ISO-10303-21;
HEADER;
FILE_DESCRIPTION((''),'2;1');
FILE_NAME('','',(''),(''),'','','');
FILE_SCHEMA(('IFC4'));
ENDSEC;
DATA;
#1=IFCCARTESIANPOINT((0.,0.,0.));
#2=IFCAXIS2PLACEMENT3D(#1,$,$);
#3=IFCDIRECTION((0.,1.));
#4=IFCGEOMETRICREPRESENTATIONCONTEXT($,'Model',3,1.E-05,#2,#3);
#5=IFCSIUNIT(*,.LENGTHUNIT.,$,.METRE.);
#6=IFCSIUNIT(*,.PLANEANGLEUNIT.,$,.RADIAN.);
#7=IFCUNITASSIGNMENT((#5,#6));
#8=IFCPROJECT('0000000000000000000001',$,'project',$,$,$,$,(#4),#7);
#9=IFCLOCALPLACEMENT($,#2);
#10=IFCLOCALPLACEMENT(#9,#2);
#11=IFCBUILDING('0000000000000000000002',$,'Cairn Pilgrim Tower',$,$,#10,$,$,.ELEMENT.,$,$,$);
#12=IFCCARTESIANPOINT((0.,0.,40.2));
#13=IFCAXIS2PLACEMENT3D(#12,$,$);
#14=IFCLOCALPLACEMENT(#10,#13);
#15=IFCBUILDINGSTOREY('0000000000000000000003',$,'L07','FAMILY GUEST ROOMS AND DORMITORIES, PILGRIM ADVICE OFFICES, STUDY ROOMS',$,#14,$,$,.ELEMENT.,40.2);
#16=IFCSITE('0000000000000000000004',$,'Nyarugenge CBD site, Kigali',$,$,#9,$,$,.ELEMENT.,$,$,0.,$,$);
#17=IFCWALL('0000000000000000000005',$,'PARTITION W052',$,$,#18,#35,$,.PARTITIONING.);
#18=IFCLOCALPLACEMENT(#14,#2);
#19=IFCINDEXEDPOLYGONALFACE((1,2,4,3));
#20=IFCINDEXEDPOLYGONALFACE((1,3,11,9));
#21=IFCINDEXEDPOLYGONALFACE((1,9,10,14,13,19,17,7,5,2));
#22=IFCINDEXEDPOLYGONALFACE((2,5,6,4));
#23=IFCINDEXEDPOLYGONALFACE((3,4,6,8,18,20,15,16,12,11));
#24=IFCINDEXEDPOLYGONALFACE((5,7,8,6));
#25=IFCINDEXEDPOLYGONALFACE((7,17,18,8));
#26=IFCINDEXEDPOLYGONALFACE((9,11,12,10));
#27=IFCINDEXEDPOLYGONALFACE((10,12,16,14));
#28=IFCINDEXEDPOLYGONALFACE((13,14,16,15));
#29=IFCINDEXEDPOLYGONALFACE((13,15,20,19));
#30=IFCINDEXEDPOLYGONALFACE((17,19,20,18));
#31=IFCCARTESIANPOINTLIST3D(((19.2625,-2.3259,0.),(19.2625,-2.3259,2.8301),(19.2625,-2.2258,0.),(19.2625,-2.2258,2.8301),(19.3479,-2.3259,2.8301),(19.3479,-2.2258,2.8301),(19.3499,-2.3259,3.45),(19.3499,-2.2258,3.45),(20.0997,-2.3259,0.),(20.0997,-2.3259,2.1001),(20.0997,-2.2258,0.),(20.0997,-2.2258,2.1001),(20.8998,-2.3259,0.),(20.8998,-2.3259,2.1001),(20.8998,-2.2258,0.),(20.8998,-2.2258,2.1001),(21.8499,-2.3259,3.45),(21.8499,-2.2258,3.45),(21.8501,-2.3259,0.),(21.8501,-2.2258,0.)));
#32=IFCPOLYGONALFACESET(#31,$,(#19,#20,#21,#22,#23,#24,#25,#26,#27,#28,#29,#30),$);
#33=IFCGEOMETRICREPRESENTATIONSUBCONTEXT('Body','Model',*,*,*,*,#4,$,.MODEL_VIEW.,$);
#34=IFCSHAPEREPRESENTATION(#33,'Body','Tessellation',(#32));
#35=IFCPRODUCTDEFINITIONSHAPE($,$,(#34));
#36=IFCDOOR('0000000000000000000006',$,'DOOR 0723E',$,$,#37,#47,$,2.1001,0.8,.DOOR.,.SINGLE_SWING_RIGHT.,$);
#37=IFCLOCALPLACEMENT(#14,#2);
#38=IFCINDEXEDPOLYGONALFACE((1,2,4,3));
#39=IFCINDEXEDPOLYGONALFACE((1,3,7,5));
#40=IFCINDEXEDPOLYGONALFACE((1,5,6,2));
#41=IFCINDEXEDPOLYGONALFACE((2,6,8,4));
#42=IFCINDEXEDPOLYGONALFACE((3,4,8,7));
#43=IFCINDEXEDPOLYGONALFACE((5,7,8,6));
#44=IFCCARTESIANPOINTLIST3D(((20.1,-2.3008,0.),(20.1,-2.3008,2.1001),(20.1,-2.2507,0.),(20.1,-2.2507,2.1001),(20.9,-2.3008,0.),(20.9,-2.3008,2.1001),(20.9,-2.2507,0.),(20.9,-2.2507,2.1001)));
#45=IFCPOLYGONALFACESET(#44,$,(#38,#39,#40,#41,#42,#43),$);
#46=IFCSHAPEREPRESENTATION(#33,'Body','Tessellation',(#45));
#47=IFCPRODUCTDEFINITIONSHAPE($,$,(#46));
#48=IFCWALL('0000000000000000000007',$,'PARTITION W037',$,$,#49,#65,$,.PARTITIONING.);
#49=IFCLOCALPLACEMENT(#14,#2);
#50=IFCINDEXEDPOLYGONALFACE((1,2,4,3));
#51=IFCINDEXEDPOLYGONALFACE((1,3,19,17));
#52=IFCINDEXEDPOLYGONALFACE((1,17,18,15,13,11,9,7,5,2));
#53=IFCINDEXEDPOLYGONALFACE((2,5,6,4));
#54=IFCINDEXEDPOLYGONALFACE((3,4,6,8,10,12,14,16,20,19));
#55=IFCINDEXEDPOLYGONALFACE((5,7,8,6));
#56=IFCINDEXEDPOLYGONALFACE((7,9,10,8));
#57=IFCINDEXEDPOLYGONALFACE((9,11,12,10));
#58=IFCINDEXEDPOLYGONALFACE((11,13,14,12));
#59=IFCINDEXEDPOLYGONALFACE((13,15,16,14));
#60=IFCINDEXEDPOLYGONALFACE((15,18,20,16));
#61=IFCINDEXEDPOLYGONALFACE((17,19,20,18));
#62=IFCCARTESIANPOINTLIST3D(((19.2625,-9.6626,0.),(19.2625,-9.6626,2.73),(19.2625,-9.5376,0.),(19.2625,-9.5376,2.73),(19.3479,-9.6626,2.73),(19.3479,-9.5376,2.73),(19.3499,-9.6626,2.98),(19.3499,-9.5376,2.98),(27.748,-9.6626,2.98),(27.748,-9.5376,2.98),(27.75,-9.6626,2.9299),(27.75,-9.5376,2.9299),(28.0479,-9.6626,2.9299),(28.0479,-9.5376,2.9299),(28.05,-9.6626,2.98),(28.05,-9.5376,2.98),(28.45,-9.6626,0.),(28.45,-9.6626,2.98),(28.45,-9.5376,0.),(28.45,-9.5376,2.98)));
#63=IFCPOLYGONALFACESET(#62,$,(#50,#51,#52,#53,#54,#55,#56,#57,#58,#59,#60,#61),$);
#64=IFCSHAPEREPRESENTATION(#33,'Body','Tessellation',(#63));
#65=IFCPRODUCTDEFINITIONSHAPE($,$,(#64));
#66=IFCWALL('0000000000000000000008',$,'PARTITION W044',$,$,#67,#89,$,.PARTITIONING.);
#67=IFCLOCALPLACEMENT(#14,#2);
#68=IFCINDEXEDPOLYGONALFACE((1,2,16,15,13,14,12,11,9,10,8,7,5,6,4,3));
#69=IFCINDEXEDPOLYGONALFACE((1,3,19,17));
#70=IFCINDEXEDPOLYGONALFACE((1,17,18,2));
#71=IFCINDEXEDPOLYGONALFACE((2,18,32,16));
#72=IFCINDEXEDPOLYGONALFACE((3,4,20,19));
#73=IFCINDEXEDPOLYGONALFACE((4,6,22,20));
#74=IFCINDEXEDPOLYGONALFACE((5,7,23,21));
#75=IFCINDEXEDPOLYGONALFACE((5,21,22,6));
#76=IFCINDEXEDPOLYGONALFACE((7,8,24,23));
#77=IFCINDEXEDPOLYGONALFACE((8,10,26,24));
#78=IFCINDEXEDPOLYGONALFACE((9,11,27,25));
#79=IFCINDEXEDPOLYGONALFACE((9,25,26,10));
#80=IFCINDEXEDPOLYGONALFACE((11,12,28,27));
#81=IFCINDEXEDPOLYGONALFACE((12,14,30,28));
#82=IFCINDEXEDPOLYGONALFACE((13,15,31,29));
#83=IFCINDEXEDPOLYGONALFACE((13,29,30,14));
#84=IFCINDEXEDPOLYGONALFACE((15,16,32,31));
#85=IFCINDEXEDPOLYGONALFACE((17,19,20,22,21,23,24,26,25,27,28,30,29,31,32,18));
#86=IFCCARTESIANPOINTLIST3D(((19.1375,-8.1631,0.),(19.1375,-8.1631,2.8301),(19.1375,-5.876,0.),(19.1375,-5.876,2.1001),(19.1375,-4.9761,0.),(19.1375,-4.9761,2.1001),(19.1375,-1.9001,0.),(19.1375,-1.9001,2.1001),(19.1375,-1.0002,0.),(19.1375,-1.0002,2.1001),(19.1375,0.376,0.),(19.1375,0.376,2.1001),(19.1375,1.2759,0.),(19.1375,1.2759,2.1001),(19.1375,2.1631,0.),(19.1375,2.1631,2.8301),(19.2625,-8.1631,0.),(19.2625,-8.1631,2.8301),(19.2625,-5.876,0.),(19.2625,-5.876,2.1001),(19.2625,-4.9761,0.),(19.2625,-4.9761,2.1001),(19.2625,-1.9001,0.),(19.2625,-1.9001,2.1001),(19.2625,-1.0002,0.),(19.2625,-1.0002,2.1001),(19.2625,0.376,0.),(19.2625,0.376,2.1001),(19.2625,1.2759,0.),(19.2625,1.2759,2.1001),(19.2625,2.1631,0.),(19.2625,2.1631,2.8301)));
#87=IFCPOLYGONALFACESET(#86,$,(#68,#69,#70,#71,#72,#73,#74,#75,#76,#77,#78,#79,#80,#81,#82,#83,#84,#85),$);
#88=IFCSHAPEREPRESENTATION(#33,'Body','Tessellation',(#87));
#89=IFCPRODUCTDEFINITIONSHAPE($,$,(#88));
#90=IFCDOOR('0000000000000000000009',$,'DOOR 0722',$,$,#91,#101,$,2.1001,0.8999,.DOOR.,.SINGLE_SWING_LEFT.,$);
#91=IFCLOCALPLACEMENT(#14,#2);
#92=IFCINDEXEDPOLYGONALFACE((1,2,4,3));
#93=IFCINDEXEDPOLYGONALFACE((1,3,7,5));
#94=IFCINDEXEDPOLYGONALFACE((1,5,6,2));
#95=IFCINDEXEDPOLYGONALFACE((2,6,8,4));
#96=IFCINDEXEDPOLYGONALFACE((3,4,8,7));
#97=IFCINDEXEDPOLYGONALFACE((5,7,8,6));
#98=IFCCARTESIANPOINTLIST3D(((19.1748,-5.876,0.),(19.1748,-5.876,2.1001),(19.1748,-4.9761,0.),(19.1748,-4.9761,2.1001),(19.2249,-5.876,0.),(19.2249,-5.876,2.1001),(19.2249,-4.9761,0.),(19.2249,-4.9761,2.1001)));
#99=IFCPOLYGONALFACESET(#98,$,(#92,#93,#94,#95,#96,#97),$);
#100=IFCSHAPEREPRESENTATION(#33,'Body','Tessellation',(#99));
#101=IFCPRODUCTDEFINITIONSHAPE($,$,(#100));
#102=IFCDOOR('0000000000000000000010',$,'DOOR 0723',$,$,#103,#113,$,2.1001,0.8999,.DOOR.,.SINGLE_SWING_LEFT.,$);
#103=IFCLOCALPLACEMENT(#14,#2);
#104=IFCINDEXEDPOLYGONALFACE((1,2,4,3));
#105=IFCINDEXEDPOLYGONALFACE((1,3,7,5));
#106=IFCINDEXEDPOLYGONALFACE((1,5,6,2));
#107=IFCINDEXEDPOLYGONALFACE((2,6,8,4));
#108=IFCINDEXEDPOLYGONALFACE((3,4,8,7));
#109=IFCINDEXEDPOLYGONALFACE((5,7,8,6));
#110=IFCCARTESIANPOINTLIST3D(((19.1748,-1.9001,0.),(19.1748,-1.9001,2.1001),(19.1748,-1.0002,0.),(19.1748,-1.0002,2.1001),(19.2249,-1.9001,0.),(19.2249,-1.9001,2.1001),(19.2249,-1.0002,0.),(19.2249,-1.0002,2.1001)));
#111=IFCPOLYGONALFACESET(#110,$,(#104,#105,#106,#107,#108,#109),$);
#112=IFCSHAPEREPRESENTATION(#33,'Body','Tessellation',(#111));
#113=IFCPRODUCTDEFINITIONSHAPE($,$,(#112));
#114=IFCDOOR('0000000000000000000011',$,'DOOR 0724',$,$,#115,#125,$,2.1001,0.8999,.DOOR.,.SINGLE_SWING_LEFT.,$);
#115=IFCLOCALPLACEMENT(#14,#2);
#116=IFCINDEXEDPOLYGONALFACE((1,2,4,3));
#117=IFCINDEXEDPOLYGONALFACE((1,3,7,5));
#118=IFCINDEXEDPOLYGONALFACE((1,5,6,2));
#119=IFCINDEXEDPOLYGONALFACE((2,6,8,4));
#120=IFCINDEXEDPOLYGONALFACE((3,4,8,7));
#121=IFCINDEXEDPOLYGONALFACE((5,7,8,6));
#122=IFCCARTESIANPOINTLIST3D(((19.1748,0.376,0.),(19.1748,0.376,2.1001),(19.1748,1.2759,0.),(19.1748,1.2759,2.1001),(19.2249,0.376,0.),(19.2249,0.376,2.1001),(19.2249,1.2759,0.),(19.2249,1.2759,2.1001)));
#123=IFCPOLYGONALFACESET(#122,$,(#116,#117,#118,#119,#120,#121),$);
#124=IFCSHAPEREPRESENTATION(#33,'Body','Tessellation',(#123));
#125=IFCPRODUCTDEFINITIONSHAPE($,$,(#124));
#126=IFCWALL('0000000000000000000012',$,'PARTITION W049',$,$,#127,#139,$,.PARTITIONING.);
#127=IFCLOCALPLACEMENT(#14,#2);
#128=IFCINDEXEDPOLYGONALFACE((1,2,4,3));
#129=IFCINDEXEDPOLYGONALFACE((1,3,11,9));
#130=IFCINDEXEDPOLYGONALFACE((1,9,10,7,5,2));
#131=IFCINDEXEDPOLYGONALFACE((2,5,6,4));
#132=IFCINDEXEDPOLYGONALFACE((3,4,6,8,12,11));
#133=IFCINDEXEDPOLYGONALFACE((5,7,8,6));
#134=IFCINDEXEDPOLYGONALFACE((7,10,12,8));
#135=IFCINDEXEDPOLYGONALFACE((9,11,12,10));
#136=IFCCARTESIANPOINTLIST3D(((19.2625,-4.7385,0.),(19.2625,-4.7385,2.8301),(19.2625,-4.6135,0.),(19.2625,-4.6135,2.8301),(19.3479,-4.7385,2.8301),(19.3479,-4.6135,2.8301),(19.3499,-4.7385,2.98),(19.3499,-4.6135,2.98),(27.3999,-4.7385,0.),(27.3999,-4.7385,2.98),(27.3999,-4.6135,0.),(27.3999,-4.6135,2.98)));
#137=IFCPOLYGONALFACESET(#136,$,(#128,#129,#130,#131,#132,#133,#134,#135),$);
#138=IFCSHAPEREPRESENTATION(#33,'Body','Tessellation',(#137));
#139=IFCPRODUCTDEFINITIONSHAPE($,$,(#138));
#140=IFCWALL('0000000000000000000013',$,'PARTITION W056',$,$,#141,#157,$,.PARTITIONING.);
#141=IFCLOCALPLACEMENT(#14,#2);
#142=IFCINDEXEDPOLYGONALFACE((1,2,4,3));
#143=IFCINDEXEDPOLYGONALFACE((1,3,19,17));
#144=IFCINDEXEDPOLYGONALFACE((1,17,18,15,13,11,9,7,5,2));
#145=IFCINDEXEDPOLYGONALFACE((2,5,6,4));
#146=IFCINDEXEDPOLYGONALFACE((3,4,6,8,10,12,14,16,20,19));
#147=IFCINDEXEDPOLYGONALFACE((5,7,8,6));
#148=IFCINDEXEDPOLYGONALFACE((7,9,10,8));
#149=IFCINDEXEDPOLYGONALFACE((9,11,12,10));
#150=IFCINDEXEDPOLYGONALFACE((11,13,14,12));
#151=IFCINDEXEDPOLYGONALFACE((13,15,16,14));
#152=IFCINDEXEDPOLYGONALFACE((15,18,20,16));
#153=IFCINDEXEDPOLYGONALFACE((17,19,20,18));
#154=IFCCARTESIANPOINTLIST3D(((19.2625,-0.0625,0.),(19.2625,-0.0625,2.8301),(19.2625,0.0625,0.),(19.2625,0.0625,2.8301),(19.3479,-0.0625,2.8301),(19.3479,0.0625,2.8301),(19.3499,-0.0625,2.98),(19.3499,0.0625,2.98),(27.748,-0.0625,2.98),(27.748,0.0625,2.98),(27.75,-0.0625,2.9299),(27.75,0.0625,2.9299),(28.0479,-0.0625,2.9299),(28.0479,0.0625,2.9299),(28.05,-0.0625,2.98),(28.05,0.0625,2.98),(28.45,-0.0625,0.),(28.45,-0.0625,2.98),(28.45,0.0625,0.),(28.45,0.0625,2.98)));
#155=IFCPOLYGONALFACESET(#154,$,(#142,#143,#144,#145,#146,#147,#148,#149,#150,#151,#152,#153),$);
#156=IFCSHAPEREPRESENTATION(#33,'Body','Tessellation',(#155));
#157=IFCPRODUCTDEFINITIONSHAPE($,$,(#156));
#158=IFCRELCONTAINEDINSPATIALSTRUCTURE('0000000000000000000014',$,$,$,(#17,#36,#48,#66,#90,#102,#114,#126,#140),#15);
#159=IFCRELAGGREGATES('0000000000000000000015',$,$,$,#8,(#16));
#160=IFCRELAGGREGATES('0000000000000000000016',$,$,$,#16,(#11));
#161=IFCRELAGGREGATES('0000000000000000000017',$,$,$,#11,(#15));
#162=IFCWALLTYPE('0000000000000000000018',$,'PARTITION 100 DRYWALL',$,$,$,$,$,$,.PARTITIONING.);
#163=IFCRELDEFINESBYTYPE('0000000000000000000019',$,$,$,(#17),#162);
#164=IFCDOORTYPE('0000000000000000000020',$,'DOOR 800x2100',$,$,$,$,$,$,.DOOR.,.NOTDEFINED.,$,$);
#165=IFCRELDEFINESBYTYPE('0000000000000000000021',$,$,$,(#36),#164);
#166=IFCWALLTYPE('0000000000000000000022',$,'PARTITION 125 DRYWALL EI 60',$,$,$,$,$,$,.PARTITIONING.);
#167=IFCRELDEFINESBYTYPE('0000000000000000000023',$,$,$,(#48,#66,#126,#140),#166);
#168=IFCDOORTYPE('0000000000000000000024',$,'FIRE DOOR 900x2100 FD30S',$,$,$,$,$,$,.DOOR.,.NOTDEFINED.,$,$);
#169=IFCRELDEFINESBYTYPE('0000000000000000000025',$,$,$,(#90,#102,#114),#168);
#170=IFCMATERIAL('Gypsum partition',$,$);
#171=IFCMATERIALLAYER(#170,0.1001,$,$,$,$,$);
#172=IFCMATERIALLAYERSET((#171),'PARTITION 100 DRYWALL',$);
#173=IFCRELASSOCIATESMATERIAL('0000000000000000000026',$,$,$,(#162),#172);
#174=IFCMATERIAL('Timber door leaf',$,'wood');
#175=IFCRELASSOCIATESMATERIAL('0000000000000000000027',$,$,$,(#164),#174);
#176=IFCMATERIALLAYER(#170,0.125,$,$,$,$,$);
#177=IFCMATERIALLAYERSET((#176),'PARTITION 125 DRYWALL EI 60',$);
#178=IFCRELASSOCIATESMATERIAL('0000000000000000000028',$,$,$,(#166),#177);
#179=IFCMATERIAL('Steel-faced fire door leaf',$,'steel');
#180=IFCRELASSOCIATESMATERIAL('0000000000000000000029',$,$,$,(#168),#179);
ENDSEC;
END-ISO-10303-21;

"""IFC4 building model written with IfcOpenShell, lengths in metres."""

from ifc_helpers import new_model, si_unit, direction, frame, frame_2d, origin, place, context, subcontext, project, spatial, polyline, rectangle, outline, extrude, material, layer, layer_set, type_object, element, fill, save


model = new_model("IFC4")

# Units and contexts
model_context = context("Model", 3, precision=1e-05, world=origin(), true_north=direction((0.0, 1.0)))
body_context = subcontext(model_context, "Body", "Model", "MODEL_VIEW")
ifc_project = project(units=[si_unit("LENGTHUNIT", "METRE"), si_unit("PLANEANGLEUNIT", "RADIAN")], contexts=[model_context])

# Site, building, storey
site_placement = place(None, origin())
site = spatial("IfcSite", under=ifc_project, at=site_placement, Name="Nyarugenge CBD site, Kigali", CompositionType="ELEMENT", RefElevation=0.0)
building_placement = place(site_placement, origin())
building = spatial("IfcBuilding", under=site, at=building_placement, Name="Cairn Pilgrim Tower", CompositionType="ELEMENT")
storey_placement = place(building_placement, frame((0.0, 0.0, 40.2)))
storey = spatial("IfcBuildingStorey", under=building, at=storey_placement, Name="L07", Description="FAMILY GUEST ROOMS AND DORMITORIES, PILGRIM ADVICE OFFICES, STUDY ROOMS", CompositionType="ELEMENT", Elevation=40.2)

# Shared definitions
ifc_material_1 = material(Name="Gypsum partition")
ifc_layer_1 = layer(ifc_material_1, 0.1001)
ifc_layer_set_1 = layer_set([ifc_layer_1], Name="PARTITION 100 DRYWALL")
wall_type_1 = type_object("IfcWallType", Name="PARTITION 100 DRYWALL", PredefinedType="PARTITIONING", material=ifc_layer_set_1)

# Shared definitions
ifc_material_2 = material(Name="Timber door leaf", Category="wood")
door_type_1 = type_object("IfcDoorType", Name="DOOR 800x2100", OperationType="NOTDEFINED", PredefinedType="DOOR", material=ifc_material_2)

# Wall, opening, door
wall_1_placement = place(storey_placement, frame((19.2625, -2.2759, 0.0), z_axis=(0.0, 0.0, 1.0), x_axis=(1.0, 0.0, 0.0)))
wall_1 = element("IfcWall", 1, at=wall_1_placement, inside=storey, type_object=wall_type_1, Name="PARTITION W052", PredefinedType="PARTITIONING", context=body_context, shape_type="SweptSolid", body=[
    extrude(outline(polyline([(0.0, 0.0), (2.5876, 0.0), (2.5874, 3.45), (0.0874, 3.45), (0.0854, 2.8301), (0.0, 2.8301), (0.0, 0.0)])), frame((0.0, 0.05, 0.0), z_axis=(0.0, -1.0, 0.0), x_axis=(1.0, 0.0, 0.0)), (0.0, 0.0, 1.0), 0.1001),
])
opening_1_placement = place(wall_1_placement, frame((0.8374, 0.0, 0.0)))
opening_1 = element("IfcOpeningElement", 2, at=opening_1_placement, cuts=wall_1, PredefinedType="OPENING", context=body_context, shape_type="SweptSolid", body=[
    extrude(rectangle(XDim=0.8, YDim=2.1001, at=frame_2d((0.3999, 1.05))), frame((0.0, 0.0601, 0.0), z_axis=(0.0, -1.0, 0.0), x_axis=(1.0, 0.0, 0.0)), (0.0, 0.0, 1.0), 0.1201),
])
door_1_placement = place(opening_1_placement, frame((0.8, 0.0, 0.0), z_axis=(0.0, 0.0, 1.0), x_axis=(-1.0, 0.0, 0.0)))
door_1 = element("IfcDoor", 3, at=door_1_placement, inside=storey, type_object=door_type_1, Name="DOOR 0723E", OperationType="SINGLE_SWING_RIGHT", OverallHeight=2.1001, OverallWidth=0.8, PredefinedType="DOOR", context=body_context, shape_type="SweptSolid", body=[
    extrude(rectangle(XDim=0.8, YDim=2.1001, at=frame_2d((0.3999, 1.05))), frame((0.0, 0.0249, 0.0), z_axis=(0.0, -1.0, 0.0), x_axis=(1.0, 0.0, 0.0)), (0.0, 0.0, 1.0), 0.05),
])
fill(opening_1, door_1)

# Wall
ifc_layer_2 = layer(ifc_material_1, 0.125)
ifc_layer_set_2 = layer_set([ifc_layer_2], Name="PARTITION 125 DRYWALL EI 60")
wall_type_2 = type_object("IfcWallType", Name="PARTITION 125 DRYWALL EI 60", PredefinedType="PARTITIONING", material=ifc_layer_set_2)
wall_2_placement = place(storey_placement, frame((19.2625, -9.6001, 0.0), z_axis=(0.0, 0.0, 1.0), x_axis=(1.0, 0.0, 0.0)))
element("IfcWall", 4, at=wall_2_placement, inside=storey, type_object=wall_type_2, Name="PARTITION W037", PredefinedType="PARTITIONING", context=body_context, shape_type="SweptSolid", body=[
    extrude(outline(polyline([(0.0, 0.0), (9.1875, 0.0), (9.1875, 2.98), (8.7876, 2.98), (8.7854, 2.9299), (8.4875, 2.9299), (8.4856, 2.98), (0.0874, 2.98), (0.0854, 2.73), (0.0, 2.73), (0.0, 0.0)])), frame((0.0, 0.0625, 0.0), z_axis=(0.0, -1.0, 0.0), x_axis=(1.0, 0.0, 0.0)), (0.0, 0.0, 1.0), 0.125),
])

# Wall, openings, doors
wall_3_placement = place(storey_placement, frame((19.2, -8.1631, 0.0), z_axis=(0.0, 0.0, 1.0), x_axis=(0.0, 1.0, 0.0)))
wall_3 = element("IfcWall", 5, at=wall_3_placement, inside=storey, type_object=wall_type_2, Name="PARTITION W044", PredefinedType="PARTITIONING", context=body_context, shape_type="SweptSolid", body=[
    extrude(rectangle(XDim=10.3262, YDim=0.125, at=frame_2d((5.1631, 0.0))), origin(), (0.0, 0.0, 1.0), 2.8301),
])
opening_2_placement = place(wall_3_placement, frame((2.2871, 0.0, 0.0)))
opening_2 = element("IfcOpeningElement", 6, at=opening_2_placement, cuts=wall_3, PredefinedType="OPENING", context=body_context, shape_type="SweptSolid", body=[
    extrude(rectangle(XDim=0.8999, YDim=2.1001, at=frame_2d((0.45, 1.05))), frame((0.0, 0.0725, 0.0), z_axis=(0.0, -1.0, 0.0), x_axis=(1.0, 0.0, 0.0)), (0.0, 0.0, 1.0), 0.145),
])
opening_3_placement = place(wall_3_placement, frame((6.2629, 0.0, 0.0)))
opening_3 = element("IfcOpeningElement", 7, at=opening_3_placement, cuts=wall_3, PredefinedType="OPENING", context=body_context, shape_type="SweptSolid", body=[
    extrude(rectangle(XDim=0.8999, YDim=2.1001, at=frame_2d((0.45, 1.05))), frame((0.0, 0.0725, 0.0), z_axis=(0.0, -1.0, 0.0), x_axis=(1.0, 0.0, 0.0)), (0.0, 0.0, 1.0), 0.145),
])
opening_4_placement = place(wall_3_placement, frame((8.5391, 0.0, 0.0)))
opening_4 = element("IfcOpeningElement", 8, at=opening_4_placement, cuts=wall_3, PredefinedType="OPENING", context=body_context, shape_type="SweptSolid", body=[
    extrude(rectangle(XDim=0.8999, YDim=2.1001, at=frame_2d((0.45, 1.05))), frame((0.0, 0.0725, 0.0), z_axis=(0.0, -1.0, 0.0), x_axis=(1.0, 0.0, 0.0)), (0.0, 0.0, 1.0), 0.145),
])
ifc_material_3 = material(Name="Steel-faced fire door leaf", Category="steel")
door_type_2 = type_object("IfcDoorType", Name="FIRE DOOR 900x2100 FD30S", OperationType="NOTDEFINED", PredefinedType="DOOR", material=ifc_material_3)
door_2_placement = place(opening_2_placement, frame((0.8999, 0.0, 0.0), z_axis=(0.0, 0.0, 1.0), x_axis=(-1.0, 0.0, 0.0)))
door_2 = element("IfcDoor", 9, at=door_2_placement, inside=storey, type_object=door_type_2, Name="DOOR 0722", OperationType="SINGLE_SWING_LEFT", OverallHeight=2.1001, OverallWidth=0.8999, PredefinedType="DOOR", context=body_context, shape_type="SweptSolid", body=[
    extrude(rectangle(XDim=0.8999, YDim=2.1001, at=frame_2d((0.45, 1.05))), frame((0.0, 0.0249, 0.0), z_axis=(0.0, -1.0, 0.0), x_axis=(1.0, 0.0, 0.0)), (0.0, 0.0, 1.0), 0.05),
])
fill(opening_2, door_2)
door_3_placement = place(opening_3_placement, frame((0.8999, 0.0, 0.0), z_axis=(0.0, 0.0, 1.0), x_axis=(-1.0, 0.0, 0.0)))
door_3 = element("IfcDoor", 10, at=door_3_placement, inside=storey, type_object=door_type_2, Name="DOOR 0723", OperationType="SINGLE_SWING_LEFT", OverallHeight=2.1001, OverallWidth=0.8999, PredefinedType="DOOR", context=body_context, shape_type="SweptSolid", body=[
    extrude(rectangle(XDim=0.8999, YDim=2.1001, at=frame_2d((0.45, 1.05))), frame((0.0, 0.0249, 0.0), z_axis=(0.0, -1.0, 0.0), x_axis=(1.0, 0.0, 0.0)), (0.0, 0.0, 1.0), 0.05),
])
fill(opening_3, door_3)
door_4_placement = place(opening_4_placement, frame((0.8999, 0.0, 0.0), z_axis=(0.0, 0.0, 1.0), x_axis=(-1.0, 0.0, 0.0)))
door_4 = element("IfcDoor", 11, at=door_4_placement, inside=storey, type_object=door_type_2, Name="DOOR 0724", OperationType="SINGLE_SWING_LEFT", OverallHeight=2.1001, OverallWidth=0.8999, PredefinedType="DOOR", context=body_context, shape_type="SweptSolid", body=[
    extrude(rectangle(XDim=0.8999, YDim=2.1001, at=frame_2d((0.45, 1.05))), frame((0.0, 0.0249, 0.0), z_axis=(0.0, -1.0, 0.0), x_axis=(1.0, 0.0, 0.0)), (0.0, 0.0, 1.0), 0.05),
])
fill(opening_4, door_4)

# Walls
wall_4_placement = place(storey_placement, frame((19.2625, -4.676, 0.0), z_axis=(0.0, 0.0, 1.0), x_axis=(1.0, 0.0, 0.0)))
element("IfcWall", 12, at=wall_4_placement, inside=storey, type_object=wall_type_2, Name="PARTITION W049", PredefinedType="PARTITIONING", context=body_context, shape_type="SweptSolid", body=[
    extrude(outline(polyline([(0.0, 0.0), (8.1375, 0.0), (8.1375, 2.98), (0.0874, 2.98), (0.0854, 2.8301), (0.0, 2.8301), (0.0, 0.0)])), frame((0.0, 0.0625, 0.0), z_axis=(0.0, -1.0, 0.0), x_axis=(1.0, 0.0, 0.0)), (0.0, 0.0, 1.0), 0.125),
])
wall_5_placement = place(storey_placement, frame((19.2625, 0.0, 0.0), z_axis=(0.0, 0.0, 1.0), x_axis=(1.0, 0.0, 0.0)))
element("IfcWall", 13, at=wall_5_placement, inside=storey, type_object=wall_type_2, Name="PARTITION W056", PredefinedType="PARTITIONING", context=body_context, shape_type="SweptSolid", body=[
    extrude(outline(polyline([(0.0, 0.0), (9.1875, 0.0), (9.1875, 2.98), (8.7876, 2.98), (8.7854, 2.9299), (8.4875, 2.9299), (8.4856, 2.98), (0.0874, 2.98), (0.0854, 2.8301), (0.0, 2.8301), (0.0, 0.0)])), frame((0.0, 0.0625, 0.0), z_axis=(0.0, -1.0, 0.0), x_axis=(1.0, 0.0, 0.0)), (0.0, 0.0, 1.0), 0.125),
])

save(model, "model.ifc")
